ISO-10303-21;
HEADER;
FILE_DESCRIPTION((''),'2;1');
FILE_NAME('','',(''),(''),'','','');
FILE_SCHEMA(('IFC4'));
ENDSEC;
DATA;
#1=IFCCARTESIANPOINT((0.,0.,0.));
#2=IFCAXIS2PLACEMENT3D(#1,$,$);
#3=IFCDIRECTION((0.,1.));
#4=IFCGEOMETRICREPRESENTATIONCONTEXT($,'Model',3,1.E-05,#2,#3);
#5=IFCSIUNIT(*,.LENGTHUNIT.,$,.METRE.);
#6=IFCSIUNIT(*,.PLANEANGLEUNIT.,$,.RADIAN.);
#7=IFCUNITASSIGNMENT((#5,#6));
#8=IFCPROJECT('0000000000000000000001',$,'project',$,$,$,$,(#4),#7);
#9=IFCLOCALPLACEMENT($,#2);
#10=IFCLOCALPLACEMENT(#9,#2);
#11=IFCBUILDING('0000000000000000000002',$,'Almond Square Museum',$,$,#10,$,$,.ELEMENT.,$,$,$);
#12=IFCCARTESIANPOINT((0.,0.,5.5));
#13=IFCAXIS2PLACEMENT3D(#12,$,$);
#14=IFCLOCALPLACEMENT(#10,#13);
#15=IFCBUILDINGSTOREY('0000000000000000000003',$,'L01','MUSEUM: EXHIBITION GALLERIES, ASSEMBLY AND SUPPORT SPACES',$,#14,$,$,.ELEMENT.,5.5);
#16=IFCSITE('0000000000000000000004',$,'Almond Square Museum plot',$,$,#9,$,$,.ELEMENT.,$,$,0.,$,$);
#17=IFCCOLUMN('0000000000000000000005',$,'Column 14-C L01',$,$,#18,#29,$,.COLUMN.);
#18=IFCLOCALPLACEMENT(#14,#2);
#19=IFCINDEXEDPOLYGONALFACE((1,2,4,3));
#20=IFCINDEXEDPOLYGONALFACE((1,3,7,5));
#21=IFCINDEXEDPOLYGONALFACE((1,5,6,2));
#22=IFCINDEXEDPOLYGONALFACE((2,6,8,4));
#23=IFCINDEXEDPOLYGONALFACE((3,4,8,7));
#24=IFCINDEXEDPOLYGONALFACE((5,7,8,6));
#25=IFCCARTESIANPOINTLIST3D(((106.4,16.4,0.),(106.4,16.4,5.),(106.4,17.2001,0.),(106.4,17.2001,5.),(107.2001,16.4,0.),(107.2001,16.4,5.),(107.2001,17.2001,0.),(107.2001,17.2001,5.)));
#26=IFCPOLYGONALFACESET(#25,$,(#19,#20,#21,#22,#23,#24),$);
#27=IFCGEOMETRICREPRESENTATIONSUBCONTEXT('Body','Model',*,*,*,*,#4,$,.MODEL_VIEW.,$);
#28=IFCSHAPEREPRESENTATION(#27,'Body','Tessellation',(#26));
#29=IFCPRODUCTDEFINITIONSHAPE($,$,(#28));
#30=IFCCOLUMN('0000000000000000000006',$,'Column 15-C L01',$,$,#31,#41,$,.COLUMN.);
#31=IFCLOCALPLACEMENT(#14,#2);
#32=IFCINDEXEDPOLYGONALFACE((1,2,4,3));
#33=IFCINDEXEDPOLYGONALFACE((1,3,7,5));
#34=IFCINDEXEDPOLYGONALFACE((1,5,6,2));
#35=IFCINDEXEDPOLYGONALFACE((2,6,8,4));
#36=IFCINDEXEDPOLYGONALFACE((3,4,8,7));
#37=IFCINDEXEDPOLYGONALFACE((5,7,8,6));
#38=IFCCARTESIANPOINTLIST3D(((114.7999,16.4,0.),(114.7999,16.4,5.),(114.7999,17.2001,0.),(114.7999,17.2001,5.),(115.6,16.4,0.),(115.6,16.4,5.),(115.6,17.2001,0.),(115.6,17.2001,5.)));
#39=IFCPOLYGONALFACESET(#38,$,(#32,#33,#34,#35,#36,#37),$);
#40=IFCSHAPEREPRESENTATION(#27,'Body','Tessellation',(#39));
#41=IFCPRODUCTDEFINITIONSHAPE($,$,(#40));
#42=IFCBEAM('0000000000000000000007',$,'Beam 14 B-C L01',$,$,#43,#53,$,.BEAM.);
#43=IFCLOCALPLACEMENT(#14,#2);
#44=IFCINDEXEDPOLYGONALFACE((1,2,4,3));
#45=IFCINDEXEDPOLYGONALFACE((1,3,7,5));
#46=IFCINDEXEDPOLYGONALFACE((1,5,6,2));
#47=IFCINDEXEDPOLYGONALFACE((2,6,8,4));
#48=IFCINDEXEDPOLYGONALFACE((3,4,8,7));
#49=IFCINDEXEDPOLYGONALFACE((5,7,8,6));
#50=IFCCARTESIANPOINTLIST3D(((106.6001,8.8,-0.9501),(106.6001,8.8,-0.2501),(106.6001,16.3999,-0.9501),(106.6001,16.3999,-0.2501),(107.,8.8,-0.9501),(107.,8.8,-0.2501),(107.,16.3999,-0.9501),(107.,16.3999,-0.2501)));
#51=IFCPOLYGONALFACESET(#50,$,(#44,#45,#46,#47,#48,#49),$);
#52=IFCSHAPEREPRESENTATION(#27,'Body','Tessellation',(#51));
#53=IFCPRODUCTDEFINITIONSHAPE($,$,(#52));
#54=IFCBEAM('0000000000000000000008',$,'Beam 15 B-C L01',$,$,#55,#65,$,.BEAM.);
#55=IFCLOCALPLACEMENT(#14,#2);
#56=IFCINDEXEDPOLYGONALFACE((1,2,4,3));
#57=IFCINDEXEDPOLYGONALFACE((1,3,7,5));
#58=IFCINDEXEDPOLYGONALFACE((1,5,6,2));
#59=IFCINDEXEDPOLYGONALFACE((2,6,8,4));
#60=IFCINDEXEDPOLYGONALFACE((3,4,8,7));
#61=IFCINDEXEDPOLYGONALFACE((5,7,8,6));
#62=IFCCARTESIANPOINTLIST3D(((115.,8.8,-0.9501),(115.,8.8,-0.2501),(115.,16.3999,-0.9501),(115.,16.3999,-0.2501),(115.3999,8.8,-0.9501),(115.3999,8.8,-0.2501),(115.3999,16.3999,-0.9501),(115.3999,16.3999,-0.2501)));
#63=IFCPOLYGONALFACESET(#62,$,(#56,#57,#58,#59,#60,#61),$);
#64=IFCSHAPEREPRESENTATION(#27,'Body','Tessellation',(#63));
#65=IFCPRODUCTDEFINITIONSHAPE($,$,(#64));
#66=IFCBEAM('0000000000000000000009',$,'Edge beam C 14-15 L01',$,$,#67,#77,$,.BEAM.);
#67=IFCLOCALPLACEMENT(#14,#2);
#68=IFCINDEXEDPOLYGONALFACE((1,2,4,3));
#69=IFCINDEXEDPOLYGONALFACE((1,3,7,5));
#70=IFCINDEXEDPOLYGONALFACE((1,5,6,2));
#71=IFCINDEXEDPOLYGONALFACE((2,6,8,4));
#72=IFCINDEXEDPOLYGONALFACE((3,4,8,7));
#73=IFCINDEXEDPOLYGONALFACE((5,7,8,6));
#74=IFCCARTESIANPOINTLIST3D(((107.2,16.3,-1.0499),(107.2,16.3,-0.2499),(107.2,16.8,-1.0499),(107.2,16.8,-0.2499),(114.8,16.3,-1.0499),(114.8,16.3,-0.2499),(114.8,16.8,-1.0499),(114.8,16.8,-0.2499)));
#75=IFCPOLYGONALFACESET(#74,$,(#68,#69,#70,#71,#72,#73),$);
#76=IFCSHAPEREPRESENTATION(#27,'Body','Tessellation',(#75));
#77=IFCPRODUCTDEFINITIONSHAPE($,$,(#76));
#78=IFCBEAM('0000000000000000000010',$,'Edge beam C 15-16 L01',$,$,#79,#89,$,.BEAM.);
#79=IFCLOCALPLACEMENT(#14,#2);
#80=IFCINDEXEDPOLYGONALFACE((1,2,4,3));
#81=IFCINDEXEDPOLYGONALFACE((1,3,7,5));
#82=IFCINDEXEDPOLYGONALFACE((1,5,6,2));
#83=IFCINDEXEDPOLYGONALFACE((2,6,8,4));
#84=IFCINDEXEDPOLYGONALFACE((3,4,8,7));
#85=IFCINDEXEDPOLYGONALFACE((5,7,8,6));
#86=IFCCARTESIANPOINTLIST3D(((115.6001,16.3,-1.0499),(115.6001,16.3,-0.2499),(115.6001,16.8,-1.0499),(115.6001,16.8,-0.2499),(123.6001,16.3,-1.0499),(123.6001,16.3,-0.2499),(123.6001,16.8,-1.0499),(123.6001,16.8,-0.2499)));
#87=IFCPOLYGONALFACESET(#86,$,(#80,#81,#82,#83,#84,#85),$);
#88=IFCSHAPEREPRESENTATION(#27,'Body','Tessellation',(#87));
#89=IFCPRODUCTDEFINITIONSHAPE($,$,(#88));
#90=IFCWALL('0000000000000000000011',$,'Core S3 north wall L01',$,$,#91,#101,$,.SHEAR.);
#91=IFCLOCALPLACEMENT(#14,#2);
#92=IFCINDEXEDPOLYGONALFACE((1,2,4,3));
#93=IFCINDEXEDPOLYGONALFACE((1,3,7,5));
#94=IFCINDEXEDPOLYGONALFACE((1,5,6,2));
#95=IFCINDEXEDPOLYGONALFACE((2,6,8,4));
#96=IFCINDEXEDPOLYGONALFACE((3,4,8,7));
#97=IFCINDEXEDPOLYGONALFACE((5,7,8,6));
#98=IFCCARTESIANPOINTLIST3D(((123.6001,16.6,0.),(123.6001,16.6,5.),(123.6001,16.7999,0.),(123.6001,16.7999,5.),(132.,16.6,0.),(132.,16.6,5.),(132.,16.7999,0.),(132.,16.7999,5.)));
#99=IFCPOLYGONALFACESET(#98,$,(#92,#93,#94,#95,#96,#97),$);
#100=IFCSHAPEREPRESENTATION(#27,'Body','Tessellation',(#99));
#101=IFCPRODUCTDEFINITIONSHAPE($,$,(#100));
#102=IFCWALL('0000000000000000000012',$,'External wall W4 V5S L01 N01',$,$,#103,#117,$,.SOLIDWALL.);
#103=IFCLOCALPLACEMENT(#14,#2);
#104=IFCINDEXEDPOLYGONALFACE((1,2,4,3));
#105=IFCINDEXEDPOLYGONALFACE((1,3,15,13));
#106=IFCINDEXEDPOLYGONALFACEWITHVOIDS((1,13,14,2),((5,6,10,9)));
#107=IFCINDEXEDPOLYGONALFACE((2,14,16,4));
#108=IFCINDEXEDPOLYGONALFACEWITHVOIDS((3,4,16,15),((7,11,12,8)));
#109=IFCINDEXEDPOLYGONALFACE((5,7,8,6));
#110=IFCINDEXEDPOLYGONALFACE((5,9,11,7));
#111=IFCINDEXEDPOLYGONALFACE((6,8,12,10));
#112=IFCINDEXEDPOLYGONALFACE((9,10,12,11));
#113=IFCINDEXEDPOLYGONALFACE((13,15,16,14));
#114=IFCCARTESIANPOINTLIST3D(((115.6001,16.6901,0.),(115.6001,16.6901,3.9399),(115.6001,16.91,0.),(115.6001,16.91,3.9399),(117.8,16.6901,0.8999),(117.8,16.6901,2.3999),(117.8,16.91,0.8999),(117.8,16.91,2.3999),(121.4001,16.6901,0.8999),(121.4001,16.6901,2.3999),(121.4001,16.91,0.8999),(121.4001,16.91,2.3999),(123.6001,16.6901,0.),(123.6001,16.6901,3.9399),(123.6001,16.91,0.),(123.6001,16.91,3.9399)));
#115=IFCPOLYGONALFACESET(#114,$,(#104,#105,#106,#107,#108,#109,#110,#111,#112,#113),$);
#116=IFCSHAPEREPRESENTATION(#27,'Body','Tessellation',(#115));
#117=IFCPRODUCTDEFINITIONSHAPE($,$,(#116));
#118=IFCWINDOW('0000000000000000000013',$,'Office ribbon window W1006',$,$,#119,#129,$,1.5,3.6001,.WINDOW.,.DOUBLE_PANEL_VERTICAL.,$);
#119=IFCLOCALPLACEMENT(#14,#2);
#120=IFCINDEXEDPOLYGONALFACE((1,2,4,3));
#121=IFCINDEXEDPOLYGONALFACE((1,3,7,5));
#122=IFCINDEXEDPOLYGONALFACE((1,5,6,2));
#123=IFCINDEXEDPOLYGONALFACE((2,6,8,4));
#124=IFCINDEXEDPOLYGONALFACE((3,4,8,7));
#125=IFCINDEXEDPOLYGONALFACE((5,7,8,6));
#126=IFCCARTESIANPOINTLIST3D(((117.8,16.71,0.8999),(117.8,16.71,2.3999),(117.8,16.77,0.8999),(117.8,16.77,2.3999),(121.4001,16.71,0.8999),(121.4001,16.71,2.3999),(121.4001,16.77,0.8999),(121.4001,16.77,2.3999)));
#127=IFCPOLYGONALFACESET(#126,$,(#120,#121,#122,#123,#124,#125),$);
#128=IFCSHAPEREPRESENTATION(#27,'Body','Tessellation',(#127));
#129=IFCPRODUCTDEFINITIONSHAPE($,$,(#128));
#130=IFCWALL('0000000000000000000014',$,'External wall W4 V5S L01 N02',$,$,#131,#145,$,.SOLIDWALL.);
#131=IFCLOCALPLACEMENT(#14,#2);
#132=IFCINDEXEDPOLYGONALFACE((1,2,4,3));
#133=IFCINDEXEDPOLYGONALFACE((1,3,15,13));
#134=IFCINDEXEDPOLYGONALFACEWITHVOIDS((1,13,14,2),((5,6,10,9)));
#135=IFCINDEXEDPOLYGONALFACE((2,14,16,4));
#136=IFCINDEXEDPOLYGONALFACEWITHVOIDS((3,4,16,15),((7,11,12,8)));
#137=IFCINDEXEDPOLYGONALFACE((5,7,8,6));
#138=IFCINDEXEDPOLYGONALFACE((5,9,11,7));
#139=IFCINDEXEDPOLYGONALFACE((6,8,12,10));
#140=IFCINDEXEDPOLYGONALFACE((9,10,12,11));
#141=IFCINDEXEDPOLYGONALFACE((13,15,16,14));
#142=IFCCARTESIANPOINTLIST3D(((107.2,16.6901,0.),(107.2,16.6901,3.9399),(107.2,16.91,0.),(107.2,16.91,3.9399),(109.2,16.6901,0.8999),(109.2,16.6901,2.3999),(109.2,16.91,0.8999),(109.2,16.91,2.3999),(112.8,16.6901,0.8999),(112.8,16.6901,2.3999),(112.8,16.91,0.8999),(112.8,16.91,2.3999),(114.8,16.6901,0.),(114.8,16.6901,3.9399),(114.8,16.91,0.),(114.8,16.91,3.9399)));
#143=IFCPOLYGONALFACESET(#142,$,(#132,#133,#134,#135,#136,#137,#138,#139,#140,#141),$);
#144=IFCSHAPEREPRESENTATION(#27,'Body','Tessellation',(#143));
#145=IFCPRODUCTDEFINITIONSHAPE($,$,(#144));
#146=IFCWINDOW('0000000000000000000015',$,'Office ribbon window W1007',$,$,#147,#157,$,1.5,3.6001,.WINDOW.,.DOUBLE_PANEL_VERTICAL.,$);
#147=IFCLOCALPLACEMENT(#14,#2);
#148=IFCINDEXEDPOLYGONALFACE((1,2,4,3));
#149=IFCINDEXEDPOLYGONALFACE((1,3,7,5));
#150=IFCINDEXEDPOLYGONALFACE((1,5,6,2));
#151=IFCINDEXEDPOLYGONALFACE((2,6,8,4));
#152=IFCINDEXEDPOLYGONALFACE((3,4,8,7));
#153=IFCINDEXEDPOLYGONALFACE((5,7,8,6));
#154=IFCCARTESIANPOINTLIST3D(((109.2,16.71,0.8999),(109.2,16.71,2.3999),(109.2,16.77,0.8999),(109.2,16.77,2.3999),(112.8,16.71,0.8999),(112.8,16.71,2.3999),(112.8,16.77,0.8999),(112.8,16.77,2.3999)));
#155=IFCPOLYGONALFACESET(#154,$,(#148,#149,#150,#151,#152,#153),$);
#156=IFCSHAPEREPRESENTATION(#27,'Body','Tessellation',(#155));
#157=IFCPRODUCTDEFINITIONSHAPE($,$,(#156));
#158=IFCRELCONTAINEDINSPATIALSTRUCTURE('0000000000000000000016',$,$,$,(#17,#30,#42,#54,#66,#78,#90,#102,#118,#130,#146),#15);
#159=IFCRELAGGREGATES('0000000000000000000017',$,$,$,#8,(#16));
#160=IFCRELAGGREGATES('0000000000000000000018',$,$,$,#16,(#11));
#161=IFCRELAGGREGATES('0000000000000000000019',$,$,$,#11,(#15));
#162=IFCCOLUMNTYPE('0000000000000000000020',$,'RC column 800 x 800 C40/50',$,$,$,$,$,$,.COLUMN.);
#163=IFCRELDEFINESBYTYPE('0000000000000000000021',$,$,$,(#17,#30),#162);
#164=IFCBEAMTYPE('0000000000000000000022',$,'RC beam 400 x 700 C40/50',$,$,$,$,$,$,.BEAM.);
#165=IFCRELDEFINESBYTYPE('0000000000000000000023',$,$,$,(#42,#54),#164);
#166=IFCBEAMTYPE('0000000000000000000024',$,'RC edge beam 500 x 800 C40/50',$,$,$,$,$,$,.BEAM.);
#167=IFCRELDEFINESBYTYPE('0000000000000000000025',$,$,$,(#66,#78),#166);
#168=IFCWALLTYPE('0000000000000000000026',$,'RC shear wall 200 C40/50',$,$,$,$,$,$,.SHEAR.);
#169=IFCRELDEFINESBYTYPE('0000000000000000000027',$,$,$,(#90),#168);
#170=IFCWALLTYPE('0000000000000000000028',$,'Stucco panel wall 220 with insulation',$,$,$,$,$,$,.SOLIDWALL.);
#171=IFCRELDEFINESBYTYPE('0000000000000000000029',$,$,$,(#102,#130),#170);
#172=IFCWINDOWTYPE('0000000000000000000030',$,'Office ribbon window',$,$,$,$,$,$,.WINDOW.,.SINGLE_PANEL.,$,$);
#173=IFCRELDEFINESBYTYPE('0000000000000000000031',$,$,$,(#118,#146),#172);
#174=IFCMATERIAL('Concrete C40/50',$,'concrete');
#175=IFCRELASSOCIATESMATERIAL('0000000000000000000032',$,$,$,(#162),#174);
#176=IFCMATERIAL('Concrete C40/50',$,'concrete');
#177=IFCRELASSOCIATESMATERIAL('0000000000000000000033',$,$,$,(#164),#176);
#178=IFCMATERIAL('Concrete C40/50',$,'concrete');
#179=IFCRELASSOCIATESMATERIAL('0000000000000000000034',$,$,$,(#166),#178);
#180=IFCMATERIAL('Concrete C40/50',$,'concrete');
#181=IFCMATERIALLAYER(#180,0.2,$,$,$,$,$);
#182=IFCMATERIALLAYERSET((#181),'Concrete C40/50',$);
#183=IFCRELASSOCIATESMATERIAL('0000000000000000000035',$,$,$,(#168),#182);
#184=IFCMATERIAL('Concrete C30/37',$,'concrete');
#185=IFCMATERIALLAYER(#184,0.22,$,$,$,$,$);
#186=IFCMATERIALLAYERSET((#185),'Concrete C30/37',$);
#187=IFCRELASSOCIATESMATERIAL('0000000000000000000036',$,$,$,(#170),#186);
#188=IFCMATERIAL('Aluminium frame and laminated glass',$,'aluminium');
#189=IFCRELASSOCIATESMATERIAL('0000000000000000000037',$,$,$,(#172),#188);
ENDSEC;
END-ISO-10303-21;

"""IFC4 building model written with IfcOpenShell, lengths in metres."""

from ifc_helpers import new_model, si_unit, direction, frame, frame_2d, origin, origin_2d, place, context, subcontext, project, spatial, rectangle, extrude, material, layer, layer_set, material_profile, profile_set, type_object, element, fill, save


model = new_model("IFC4")

# Units and contexts
model_context = context("Model", 3, precision=1e-05, world=origin(), true_north=direction((0.0, 1.0)))
body_context = subcontext(model_context, "Body", "Model", "MODEL_VIEW")
ifc_project = project(units=[si_unit("LENGTHUNIT", "METRE"), si_unit("PLANEANGLEUNIT", "RADIAN")], contexts=[model_context])

# Site, building, storey
site_placement = place(None, origin())
site = spatial("IfcSite", under=ifc_project, at=site_placement, Name="Almond Square Museum plot", CompositionType="ELEMENT", RefElevation=0.0)
building_placement = place(site_placement, origin())
building = spatial("IfcBuilding", under=site, at=building_placement, Name="Almond Square Museum", CompositionType="ELEMENT")
storey_placement = place(building_placement, frame((0.0, 0.0, 5.5)))
storey = spatial("IfcBuildingStorey", under=building, at=storey_placement, Name="L01", Description="MUSEUM: EXHIBITION GALLERIES, ASSEMBLY AND SUPPORT SPACES", CompositionType="ELEMENT", Elevation=5.5)

# Columns
ifc_material_1 = material(Name="Concrete C40/50", Category="concrete")
ifc_material_profile_1 = material_profile(ifc_material_1, rectangle(XDim=0.8, YDim=0.8, at=origin_2d()))
ifc_profile_set_1 = profile_set([ifc_material_profile_1], Name="Concrete C40/50")
column_type = type_object("IfcColumnType", Name="RC column 800 x 800 C40/50", PredefinedType="COLUMN", material=ifc_profile_set_1)
for number, where, z_axis, x_axis, name in (
    (1, (106.8, 16.8, 0.0), (0.0, 0.0, 1.0), (1.0, 0.0, 0.0), "Column 14-C L01"),
    (2, (115.2, 16.8, 0.0), (0.0, 0.0, 1.0), (1.0, 0.0, 0.0), "Column 15-C L01"),
):
    element("IfcColumn", number, at=place(storey_placement, frame(where, z_axis=z_axis, x_axis=x_axis)), inside=storey, type_object=column_type, Name=name, PredefinedType="COLUMN", context=body_context, shape_type="SweptSolid", body=[
        extrude(rectangle(XDim=0.8, YDim=0.8, at=origin_2d()), origin(), (0.0, 0.0, 1.0), 5.0),
    ])

# Beams
ifc_material_2 = material(Name="Concrete C40/50", Category="concrete")
ifc_material_profile_2 = material_profile(ifc_material_2, rectangle(XDim=0.3999, YDim=0.7, at=origin_2d()))
ifc_profile_set_2 = profile_set([ifc_material_profile_2], Name="Concrete C40/50")
beam_type_1 = type_object("IfcBeamType", Name="RC beam 400 x 700 C40/50", PredefinedType="BEAM", material=ifc_profile_set_2)
for number, where, z_axis, x_axis, name in (
    (3, (106.8, 8.8, -0.6001), (0.0, 1.0, 0.0), (-1.0, 0.0, 0.0), "Beam 14 B-C L01"),
    (4, (115.2, 8.8, -0.6001), (0.0, 1.0, 0.0), (-1.0, 0.0, 0.0), "Beam 15 B-C L01"),
):
    element("IfcBeam", number, at=place(storey_placement, frame(where, z_axis=z_axis, x_axis=x_axis)), inside=storey, type_object=beam_type_1, Name=name, PredefinedType="BEAM", context=body_context, shape_type="SweptSolid", body=[
        extrude(rectangle(XDim=0.3999, YDim=0.7, at=origin_2d()), origin(), (0.0, 0.0, 1.0), 7.5999),
    ])
ifc_material_3 = material(Name="Concrete C40/50", Category="concrete")
ifc_material_profile_3 = material_profile(ifc_material_3, rectangle(XDim=0.5, YDim=0.8, at=origin_2d()))
ifc_profile_set_3 = profile_set([ifc_material_profile_3], Name="Concrete C40/50")
beam_type_2 = type_object("IfcBeamType", Name="RC edge beam 500 x 800 C40/50", PredefinedType="BEAM", material=ifc_profile_set_3)
beam_1_placement = place(storey_placement, frame((107.2, 16.55, -0.6499), z_axis=(1.0, 0.0, 0.0), x_axis=(0.0, 1.0, 0.0)))
element("IfcBeam", 5, at=beam_1_placement, inside=storey, type_object=beam_type_2, Name="Edge beam C 14-15 L01", PredefinedType="BEAM", context=body_context, shape_type="SweptSolid", body=[
    extrude(rectangle(XDim=0.5, YDim=0.8, at=origin_2d()), origin(), (0.0, 0.0, 1.0), 7.6001),
])
beam_2_placement = place(storey_placement, frame((115.6001, 16.55, -0.6499), z_axis=(1.0, 0.0, 0.0), x_axis=(0.0, 1.0, 0.0)))
element("IfcBeam", 6, at=beam_2_placement, inside=storey, type_object=beam_type_2, Name="Edge beam C 15-16 L01", PredefinedType="BEAM", context=body_context, shape_type="SweptSolid", body=[
    extrude(rectangle(XDim=0.5, YDim=0.8, at=origin_2d()), origin(), (0.0, 0.0, 1.0), 8.0),
])

# Wall
ifc_material_4 = material(Name="Concrete C40/50", Category="concrete")
ifc_layer_1 = layer(ifc_material_4, 0.2)
ifc_layer_set_1 = layer_set([ifc_layer_1], Name="Concrete C40/50")
wall_type_1 = type_object("IfcWallType", Name="RC shear wall 200 C40/50", PredefinedType="SHEAR", material=ifc_layer_set_1)
wall_1_placement = place(storey_placement, frame((123.6001, 16.7, 0.0), z_axis=(0.0, 0.0, 1.0), x_axis=(1.0, 0.0, 0.0)))
element("IfcWall", 7, at=wall_1_placement, inside=storey, type_object=wall_type_1, Name="Core S3 north wall L01", PredefinedType="SHEAR", context=body_context, shape_type="SweptSolid", body=[
    extrude(rectangle(XDim=8.3999, YDim=0.2, at=frame_2d((4.2, 0.0))), origin(), (0.0, 0.0, 1.0), 5.0),
])

# Walls, openings, windows
ifc_material_5 = material(Name="Concrete C30/37", Category="concrete")
ifc_layer_2 = layer(ifc_material_5, 0.22)
ifc_layer_set_2 = layer_set([ifc_layer_2], Name="Concrete C30/37")
wall_type_2 = type_object("IfcWallType", Name="Stucco panel wall 220 with insulation", PredefinedType="SOLIDWALL", material=ifc_layer_set_2)
wall_2_placement = place(storey_placement, frame((115.6001, 16.8, 0.0), z_axis=(0.0, 0.0, 1.0), x_axis=(1.0, 0.0, 0.0)))
wall_2 = element("IfcWall", 8, at=wall_2_placement, inside=storey, type_object=wall_type_2, Name="External wall W4 V5S L01 N01", PredefinedType="SOLIDWALL", context=body_context, shape_type="SweptSolid", body=[
    extrude(rectangle(XDim=8.0, YDim=0.22, at=frame_2d((4.0, 0.0))), origin(), (0.0, 0.0, 1.0), 3.9399),
])
opening_1_placement = place(wall_2_placement, frame((2.2, 0.0, 0.8999)))
opening_1 = element("IfcOpeningElement", 9, at=opening_1_placement, cuts=wall_2, PredefinedType="OPENING", context=body_context, shape_type="SweptSolid", body=[
    extrude(rectangle(XDim=3.6001, YDim=1.5, at=frame_2d((1.8, 0.75))), frame((0.0, 0.1199, 0.0), z_axis=(0.0, -1.0, 0.0), x_axis=(1.0, 0.0, 0.0)), (0.0, 0.0, 1.0), 0.24),
])
ifc_material_6 = material(Name="Aluminium frame and laminated glass", Category="aluminium")
window_type = type_object("IfcWindowType", Name="Office ribbon window", PartitioningType="SINGLE_PANEL", PredefinedType="WINDOW", material=ifc_material_6)
window_1_placement = place(opening_1_placement, origin())
window_1 = element("IfcWindow", 10, at=window_1_placement, inside=storey, type_object=window_type, Name="Office ribbon window W1006", OverallHeight=1.5, OverallWidth=3.6001, PartitioningType="DOUBLE_PANEL_VERTICAL", PredefinedType="WINDOW", context=body_context, shape_type="SweptSolid", body=[
    extrude(rectangle(XDim=3.6001, YDim=1.5, at=frame_2d((1.8, 0.75))), frame((0.0, -0.03, 0.0), z_axis=(0.0, -1.0, 0.0), x_axis=(1.0, 0.0, 0.0)), (0.0, 0.0, 1.0), 0.0601),
])
fill(opening_1, window_1)
wall_3_placement = place(storey_placement, frame((107.2, 16.8, 0.0), z_axis=(0.0, 0.0, 1.0), x_axis=(1.0, 0.0, 0.0)))
wall_3 = element("IfcWall", 11, at=wall_3_placement, inside=storey, type_object=wall_type_2, Name="External wall W4 V5S L01 N02", PredefinedType="SOLIDWALL", context=body_context, shape_type="SweptSolid", body=[
    extrude(rectangle(XDim=7.6001, YDim=0.22, at=frame_2d((3.8, 0.0))), origin(), (0.0, 0.0, 1.0), 3.9399),
])
opening_2_placement = place(wall_3_placement, frame((2.0, 0.0, 0.8999)))
opening_2 = element("IfcOpeningElement", 12, at=opening_2_placement, cuts=wall_3, PredefinedType="OPENING", context=body_context, shape_type="SweptSolid", body=[
    extrude(rectangle(XDim=3.6001, YDim=1.5, at=frame_2d((1.8, 0.75))), frame((0.0, 0.1199, 0.0), z_axis=(0.0, -1.0, 0.0), x_axis=(1.0, 0.0, 0.0)), (0.0, 0.0, 1.0), 0.24),
])
window_2_placement = place(opening_2_placement, origin())
window_2 = element("IfcWindow", 13, at=window_2_placement, inside=storey, type_object=window_type, Name="Office ribbon window W1007", OverallHeight=1.5, OverallWidth=3.6001, PartitioningType="DOUBLE_PANEL_VERTICAL", PredefinedType="WINDOW", context=body_context, shape_type="SweptSolid", body=[
    extrude(rectangle(XDim=3.6001, YDim=1.5, at=frame_2d((1.8, 0.75))), frame((0.0, -0.03, 0.0), z_axis=(0.0, -1.0, 0.0), x_axis=(1.0, 0.0, 0.0)), (0.0, 0.0, 1.0), 0.0601),
])
fill(opening_2, window_2)

save(model, "model.ifc")
